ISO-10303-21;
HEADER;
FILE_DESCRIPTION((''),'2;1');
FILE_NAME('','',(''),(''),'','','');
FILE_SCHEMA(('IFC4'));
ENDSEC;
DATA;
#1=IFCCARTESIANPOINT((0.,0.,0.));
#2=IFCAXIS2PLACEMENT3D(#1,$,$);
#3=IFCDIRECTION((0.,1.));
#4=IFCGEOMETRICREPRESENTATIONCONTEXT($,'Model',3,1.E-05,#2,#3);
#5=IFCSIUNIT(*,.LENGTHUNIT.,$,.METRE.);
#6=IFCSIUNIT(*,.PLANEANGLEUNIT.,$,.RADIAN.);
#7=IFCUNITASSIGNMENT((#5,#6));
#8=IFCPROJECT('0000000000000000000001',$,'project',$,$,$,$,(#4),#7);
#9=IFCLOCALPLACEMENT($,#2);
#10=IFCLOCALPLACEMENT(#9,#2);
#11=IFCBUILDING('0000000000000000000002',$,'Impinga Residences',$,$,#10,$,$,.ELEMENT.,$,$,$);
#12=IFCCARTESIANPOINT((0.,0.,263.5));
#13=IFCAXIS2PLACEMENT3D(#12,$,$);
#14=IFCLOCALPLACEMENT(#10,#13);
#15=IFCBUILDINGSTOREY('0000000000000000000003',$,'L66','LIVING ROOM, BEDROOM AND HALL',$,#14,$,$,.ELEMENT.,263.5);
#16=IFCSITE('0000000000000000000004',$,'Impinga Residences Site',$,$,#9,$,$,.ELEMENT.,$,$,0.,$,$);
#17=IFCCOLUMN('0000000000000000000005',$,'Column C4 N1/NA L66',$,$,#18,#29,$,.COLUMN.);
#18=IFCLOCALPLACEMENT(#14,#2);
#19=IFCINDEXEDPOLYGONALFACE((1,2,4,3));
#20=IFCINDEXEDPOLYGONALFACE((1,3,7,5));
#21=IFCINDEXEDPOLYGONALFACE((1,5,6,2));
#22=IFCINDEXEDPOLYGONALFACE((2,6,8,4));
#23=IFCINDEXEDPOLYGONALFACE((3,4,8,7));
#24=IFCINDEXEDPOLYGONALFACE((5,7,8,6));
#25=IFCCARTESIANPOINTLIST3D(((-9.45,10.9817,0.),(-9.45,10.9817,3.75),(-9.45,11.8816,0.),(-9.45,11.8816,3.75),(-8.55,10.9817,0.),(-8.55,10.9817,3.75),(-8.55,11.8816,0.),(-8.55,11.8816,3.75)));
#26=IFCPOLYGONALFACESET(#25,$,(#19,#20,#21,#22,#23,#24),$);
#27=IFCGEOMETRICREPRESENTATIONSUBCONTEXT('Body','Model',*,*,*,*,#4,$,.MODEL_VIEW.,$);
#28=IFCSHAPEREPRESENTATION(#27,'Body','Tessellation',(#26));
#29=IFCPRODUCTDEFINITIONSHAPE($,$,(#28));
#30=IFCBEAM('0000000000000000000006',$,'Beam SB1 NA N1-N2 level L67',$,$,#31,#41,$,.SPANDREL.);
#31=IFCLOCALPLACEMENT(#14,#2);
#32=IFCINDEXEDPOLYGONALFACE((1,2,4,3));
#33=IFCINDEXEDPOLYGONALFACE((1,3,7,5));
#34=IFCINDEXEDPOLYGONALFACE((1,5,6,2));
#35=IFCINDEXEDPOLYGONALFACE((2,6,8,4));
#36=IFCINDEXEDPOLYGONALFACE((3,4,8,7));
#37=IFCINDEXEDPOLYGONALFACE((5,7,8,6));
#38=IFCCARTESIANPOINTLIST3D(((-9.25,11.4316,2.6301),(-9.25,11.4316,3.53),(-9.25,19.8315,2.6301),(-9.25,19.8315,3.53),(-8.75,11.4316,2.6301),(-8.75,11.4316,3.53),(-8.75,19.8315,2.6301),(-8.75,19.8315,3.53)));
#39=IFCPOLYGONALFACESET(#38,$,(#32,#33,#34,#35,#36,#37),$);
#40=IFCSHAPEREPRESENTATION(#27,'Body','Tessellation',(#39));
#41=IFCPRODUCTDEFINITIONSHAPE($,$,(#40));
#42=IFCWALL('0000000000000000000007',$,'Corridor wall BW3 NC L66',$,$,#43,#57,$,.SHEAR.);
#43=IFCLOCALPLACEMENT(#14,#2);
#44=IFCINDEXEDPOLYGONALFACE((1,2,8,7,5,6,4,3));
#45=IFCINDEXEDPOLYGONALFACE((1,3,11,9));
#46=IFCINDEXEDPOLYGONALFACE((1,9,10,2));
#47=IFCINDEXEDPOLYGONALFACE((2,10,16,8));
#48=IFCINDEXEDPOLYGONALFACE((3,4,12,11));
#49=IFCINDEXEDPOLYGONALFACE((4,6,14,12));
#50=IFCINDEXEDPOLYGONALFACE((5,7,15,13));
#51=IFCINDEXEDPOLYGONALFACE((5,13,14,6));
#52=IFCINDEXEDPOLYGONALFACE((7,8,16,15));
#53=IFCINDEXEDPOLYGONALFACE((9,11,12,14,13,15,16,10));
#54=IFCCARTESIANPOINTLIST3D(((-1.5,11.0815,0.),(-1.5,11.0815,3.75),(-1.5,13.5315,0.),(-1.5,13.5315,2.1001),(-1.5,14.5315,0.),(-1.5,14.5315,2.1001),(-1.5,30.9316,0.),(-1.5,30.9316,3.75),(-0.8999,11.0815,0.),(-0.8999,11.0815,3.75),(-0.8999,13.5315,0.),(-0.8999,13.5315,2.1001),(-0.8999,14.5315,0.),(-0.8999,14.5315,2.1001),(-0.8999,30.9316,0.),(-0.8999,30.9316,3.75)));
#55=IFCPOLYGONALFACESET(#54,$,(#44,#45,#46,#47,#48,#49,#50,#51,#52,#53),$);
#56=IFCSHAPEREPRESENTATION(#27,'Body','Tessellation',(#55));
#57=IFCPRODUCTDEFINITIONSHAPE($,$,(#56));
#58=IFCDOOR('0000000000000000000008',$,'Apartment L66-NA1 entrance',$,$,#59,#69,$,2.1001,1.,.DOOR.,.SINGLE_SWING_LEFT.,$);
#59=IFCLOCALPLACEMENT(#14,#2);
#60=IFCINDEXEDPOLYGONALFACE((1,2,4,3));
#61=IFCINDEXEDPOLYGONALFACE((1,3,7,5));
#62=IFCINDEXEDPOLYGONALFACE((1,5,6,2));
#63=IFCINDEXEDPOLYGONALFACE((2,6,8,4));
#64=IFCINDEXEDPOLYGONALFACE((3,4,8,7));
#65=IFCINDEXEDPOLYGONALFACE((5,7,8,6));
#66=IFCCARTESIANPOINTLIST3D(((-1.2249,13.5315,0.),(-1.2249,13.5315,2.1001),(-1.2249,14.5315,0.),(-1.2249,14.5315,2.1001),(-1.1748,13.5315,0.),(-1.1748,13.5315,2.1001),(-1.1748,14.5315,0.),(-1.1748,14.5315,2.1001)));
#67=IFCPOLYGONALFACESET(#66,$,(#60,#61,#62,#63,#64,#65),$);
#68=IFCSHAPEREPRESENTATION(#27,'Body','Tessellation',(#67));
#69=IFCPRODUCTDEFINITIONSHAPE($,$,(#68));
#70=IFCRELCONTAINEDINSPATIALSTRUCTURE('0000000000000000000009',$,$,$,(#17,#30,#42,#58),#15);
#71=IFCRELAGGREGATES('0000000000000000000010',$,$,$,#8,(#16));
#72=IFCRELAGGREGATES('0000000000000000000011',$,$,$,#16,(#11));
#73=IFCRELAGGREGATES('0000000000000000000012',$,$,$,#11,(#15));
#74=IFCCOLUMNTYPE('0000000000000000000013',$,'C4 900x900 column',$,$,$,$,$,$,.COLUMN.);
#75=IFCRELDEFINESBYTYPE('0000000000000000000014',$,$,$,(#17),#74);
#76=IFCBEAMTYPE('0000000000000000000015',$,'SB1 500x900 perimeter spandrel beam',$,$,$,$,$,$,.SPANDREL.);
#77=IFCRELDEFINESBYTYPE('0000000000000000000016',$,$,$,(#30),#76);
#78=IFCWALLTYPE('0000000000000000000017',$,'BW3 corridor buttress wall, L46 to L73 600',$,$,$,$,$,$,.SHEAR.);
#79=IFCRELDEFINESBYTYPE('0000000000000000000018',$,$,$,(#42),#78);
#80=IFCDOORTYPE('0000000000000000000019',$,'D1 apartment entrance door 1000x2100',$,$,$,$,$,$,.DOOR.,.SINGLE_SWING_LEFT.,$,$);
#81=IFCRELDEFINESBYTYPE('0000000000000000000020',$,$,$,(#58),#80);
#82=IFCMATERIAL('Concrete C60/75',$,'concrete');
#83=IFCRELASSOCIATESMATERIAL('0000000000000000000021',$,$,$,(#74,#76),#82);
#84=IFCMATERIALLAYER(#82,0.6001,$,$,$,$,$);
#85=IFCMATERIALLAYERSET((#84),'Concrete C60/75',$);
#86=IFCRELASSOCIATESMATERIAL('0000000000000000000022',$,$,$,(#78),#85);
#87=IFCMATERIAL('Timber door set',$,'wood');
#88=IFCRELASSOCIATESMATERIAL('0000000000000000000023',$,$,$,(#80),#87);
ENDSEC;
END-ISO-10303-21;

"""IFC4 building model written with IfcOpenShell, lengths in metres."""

from ifc_helpers import new_model, si_unit, direction, frame, frame_2d, origin, origin_2d, place, context, subcontext, project, spatial, rectangle, extrude, material, layer, layer_set, material_profile, profile_set, type_object, element, fill, save


model = new_model("IFC4")

# Units and contexts
model_context = context("Model", 3, precision=1e-05, world=origin(), true_north=direction((0.0, 1.0)))
body_context = subcontext(model_context, "Body", "Model", "MODEL_VIEW")
ifc_project = project(units=[si_unit("LENGTHUNIT", "METRE"), si_unit("PLANEANGLEUNIT", "RADIAN")], contexts=[model_context])

# Site, building, storey
site_placement = place(None, origin())
site = spatial("IfcSite", under=ifc_project, at=site_placement, Name="Impinga Residences Site", CompositionType="ELEMENT", RefElevation=0.0)
building_placement = place(site_placement, origin())
building = spatial("IfcBuilding", under=site, at=building_placement, Name="Impinga Residences", CompositionType="ELEMENT")
storey_placement = place(building_placement, frame((0.0, 0.0, 263.5)))
storey = spatial("IfcBuildingStorey", under=building, at=storey_placement, Name="L66", Description="LIVING ROOM, BEDROOM AND HALL", CompositionType="ELEMENT", Elevation=263.5)

# Column
ifc_material_1 = material(Name="Concrete C60/75", Category="concrete")
ifc_material_profile_1 = material_profile(ifc_material_1, rectangle(XDim=0.8999, YDim=0.8999, at=origin_2d()), Name="RC 900x900")
ifc_profile_set_1 = profile_set([ifc_material_profile_1], Name="Concrete C60/75")
column_type = type_object("IfcColumnType", Name="C4 900x900 column", PredefinedType="COLUMN", material=ifc_profile_set_1)
column_placement = place(storey_placement, frame((-9.0, 11.4316, 0.0), z_axis=(0.0, 0.0, 1.0), x_axis=(1.0, 0.0, 0.0)))
element("IfcColumn", 1, at=column_placement, inside=storey, type_object=column_type, Name="Column C4 N1/NA L66", PredefinedType="COLUMN", context=body_context, shape_type="SweptSolid", body=[
    extrude(rectangle(XDim=0.8999, YDim=0.8999, at=origin_2d()), origin(), (0.0, 0.0, 1.0), 3.75),
])

# Beam
ifc_material_profile_2 = material_profile(ifc_material_1, rectangle(XDim=0.5, YDim=0.8999, at=origin_2d()), Name="RC 500x900")
ifc_profile_set_2 = profile_set([ifc_material_profile_2], Name="Concrete C60/75")
beam_type = type_object("IfcBeamType", Name="SB1 500x900 perimeter spandrel beam", PredefinedType="SPANDREL", material=ifc_profile_set_2)
beam_placement = place(storey_placement, frame((-9.0, 11.4316, 3.0801), z_axis=(0.0, 1.0, 0.0), x_axis=(-1.0, 0.0, 0.0)))
element("IfcBeam", 2, at=beam_placement, inside=storey, type_object=beam_type, Name="Beam SB1 NA N1-N2 level L67", PredefinedType="SPANDREL", context=body_context, shape_type="SweptSolid", body=[
    extrude(rectangle(XDim=0.5, YDim=0.8999, at=origin_2d()), origin(), (0.0, 0.0, 1.0), 8.3999),
])

# Wall, opening, door
ifc_layer_1 = layer(ifc_material_1, 0.6001)
ifc_layer_set_1 = layer_set([ifc_layer_1], Name="Concrete C60/75")
wall_type_1 = type_object("IfcWallType", Name="BW3 corridor buttress wall, L46 to L73 600", PredefinedType="SHEAR", material=ifc_layer_set_1)
wall_1_placement = place(storey_placement, frame((-1.2, 11.0815, 0.0), z_axis=(0.0, 0.0, 1.0), x_axis=(0.0, 1.0, 0.0)))
wall_1 = element("IfcWall", 3, at=wall_1_placement, inside=storey, type_object=wall_type_1, Name="Corridor wall BW3 NC L66", PredefinedType="SHEAR", context=body_context, shape_type="SweptSolid", body=[
    extrude(rectangle(XDim=19.8501, YDim=0.6001, at=frame_2d((9.925, 0.0))), origin(), (0.0, 0.0, 1.0), 3.75),
])
opening_1_placement = place(wall_1_placement, frame((2.45, 0.0, 0.0)))
opening_1 = element("IfcOpeningElement", 4, at=opening_1_placement, cuts=wall_1, PredefinedType="OPENING", context=body_context, shape_type="SweptSolid", body=[
    extrude(rectangle(XDim=1.0, YDim=2.1001, at=frame_2d((0.5, 1.05))), frame((0.0, 0.3101, 0.0), z_axis=(0.0, -1.0, 0.0), x_axis=(1.0, 0.0, 0.0)), (0.0, 0.0, 1.0), 0.6201),
])
ifc_material_2 = material(Name="Timber door set", Category="wood")
door_type_1 = type_object("IfcDoorType", Name="D1 apartment entrance door 1000x2100", OperationType="SINGLE_SWING_LEFT", PredefinedType="DOOR", material=ifc_material_2)
door_1_placement = place(opening_1_placement, origin())
door_1 = element("IfcDoor", 5, at=door_1_placement, inside=storey, type_object=door_type_1, Name="Apartment L66-NA1 entrance", OperationType="SINGLE_SWING_LEFT", OverallHeight=2.1001, OverallWidth=1.0, PredefinedType="DOOR", context=body_context, shape_type="SweptSolid", body=[
    extrude(rectangle(XDim=1.0, YDim=2.1001, at=frame_2d((0.5, 1.05))), frame((0.0, 0.0249, 0.0), z_axis=(0.0, -1.0, 0.0), x_axis=(1.0, 0.0, 0.0)), (0.0, 0.0, 1.0), 0.05),
])
fill(opening_1, door_1)

save(model, "model.ifc")
